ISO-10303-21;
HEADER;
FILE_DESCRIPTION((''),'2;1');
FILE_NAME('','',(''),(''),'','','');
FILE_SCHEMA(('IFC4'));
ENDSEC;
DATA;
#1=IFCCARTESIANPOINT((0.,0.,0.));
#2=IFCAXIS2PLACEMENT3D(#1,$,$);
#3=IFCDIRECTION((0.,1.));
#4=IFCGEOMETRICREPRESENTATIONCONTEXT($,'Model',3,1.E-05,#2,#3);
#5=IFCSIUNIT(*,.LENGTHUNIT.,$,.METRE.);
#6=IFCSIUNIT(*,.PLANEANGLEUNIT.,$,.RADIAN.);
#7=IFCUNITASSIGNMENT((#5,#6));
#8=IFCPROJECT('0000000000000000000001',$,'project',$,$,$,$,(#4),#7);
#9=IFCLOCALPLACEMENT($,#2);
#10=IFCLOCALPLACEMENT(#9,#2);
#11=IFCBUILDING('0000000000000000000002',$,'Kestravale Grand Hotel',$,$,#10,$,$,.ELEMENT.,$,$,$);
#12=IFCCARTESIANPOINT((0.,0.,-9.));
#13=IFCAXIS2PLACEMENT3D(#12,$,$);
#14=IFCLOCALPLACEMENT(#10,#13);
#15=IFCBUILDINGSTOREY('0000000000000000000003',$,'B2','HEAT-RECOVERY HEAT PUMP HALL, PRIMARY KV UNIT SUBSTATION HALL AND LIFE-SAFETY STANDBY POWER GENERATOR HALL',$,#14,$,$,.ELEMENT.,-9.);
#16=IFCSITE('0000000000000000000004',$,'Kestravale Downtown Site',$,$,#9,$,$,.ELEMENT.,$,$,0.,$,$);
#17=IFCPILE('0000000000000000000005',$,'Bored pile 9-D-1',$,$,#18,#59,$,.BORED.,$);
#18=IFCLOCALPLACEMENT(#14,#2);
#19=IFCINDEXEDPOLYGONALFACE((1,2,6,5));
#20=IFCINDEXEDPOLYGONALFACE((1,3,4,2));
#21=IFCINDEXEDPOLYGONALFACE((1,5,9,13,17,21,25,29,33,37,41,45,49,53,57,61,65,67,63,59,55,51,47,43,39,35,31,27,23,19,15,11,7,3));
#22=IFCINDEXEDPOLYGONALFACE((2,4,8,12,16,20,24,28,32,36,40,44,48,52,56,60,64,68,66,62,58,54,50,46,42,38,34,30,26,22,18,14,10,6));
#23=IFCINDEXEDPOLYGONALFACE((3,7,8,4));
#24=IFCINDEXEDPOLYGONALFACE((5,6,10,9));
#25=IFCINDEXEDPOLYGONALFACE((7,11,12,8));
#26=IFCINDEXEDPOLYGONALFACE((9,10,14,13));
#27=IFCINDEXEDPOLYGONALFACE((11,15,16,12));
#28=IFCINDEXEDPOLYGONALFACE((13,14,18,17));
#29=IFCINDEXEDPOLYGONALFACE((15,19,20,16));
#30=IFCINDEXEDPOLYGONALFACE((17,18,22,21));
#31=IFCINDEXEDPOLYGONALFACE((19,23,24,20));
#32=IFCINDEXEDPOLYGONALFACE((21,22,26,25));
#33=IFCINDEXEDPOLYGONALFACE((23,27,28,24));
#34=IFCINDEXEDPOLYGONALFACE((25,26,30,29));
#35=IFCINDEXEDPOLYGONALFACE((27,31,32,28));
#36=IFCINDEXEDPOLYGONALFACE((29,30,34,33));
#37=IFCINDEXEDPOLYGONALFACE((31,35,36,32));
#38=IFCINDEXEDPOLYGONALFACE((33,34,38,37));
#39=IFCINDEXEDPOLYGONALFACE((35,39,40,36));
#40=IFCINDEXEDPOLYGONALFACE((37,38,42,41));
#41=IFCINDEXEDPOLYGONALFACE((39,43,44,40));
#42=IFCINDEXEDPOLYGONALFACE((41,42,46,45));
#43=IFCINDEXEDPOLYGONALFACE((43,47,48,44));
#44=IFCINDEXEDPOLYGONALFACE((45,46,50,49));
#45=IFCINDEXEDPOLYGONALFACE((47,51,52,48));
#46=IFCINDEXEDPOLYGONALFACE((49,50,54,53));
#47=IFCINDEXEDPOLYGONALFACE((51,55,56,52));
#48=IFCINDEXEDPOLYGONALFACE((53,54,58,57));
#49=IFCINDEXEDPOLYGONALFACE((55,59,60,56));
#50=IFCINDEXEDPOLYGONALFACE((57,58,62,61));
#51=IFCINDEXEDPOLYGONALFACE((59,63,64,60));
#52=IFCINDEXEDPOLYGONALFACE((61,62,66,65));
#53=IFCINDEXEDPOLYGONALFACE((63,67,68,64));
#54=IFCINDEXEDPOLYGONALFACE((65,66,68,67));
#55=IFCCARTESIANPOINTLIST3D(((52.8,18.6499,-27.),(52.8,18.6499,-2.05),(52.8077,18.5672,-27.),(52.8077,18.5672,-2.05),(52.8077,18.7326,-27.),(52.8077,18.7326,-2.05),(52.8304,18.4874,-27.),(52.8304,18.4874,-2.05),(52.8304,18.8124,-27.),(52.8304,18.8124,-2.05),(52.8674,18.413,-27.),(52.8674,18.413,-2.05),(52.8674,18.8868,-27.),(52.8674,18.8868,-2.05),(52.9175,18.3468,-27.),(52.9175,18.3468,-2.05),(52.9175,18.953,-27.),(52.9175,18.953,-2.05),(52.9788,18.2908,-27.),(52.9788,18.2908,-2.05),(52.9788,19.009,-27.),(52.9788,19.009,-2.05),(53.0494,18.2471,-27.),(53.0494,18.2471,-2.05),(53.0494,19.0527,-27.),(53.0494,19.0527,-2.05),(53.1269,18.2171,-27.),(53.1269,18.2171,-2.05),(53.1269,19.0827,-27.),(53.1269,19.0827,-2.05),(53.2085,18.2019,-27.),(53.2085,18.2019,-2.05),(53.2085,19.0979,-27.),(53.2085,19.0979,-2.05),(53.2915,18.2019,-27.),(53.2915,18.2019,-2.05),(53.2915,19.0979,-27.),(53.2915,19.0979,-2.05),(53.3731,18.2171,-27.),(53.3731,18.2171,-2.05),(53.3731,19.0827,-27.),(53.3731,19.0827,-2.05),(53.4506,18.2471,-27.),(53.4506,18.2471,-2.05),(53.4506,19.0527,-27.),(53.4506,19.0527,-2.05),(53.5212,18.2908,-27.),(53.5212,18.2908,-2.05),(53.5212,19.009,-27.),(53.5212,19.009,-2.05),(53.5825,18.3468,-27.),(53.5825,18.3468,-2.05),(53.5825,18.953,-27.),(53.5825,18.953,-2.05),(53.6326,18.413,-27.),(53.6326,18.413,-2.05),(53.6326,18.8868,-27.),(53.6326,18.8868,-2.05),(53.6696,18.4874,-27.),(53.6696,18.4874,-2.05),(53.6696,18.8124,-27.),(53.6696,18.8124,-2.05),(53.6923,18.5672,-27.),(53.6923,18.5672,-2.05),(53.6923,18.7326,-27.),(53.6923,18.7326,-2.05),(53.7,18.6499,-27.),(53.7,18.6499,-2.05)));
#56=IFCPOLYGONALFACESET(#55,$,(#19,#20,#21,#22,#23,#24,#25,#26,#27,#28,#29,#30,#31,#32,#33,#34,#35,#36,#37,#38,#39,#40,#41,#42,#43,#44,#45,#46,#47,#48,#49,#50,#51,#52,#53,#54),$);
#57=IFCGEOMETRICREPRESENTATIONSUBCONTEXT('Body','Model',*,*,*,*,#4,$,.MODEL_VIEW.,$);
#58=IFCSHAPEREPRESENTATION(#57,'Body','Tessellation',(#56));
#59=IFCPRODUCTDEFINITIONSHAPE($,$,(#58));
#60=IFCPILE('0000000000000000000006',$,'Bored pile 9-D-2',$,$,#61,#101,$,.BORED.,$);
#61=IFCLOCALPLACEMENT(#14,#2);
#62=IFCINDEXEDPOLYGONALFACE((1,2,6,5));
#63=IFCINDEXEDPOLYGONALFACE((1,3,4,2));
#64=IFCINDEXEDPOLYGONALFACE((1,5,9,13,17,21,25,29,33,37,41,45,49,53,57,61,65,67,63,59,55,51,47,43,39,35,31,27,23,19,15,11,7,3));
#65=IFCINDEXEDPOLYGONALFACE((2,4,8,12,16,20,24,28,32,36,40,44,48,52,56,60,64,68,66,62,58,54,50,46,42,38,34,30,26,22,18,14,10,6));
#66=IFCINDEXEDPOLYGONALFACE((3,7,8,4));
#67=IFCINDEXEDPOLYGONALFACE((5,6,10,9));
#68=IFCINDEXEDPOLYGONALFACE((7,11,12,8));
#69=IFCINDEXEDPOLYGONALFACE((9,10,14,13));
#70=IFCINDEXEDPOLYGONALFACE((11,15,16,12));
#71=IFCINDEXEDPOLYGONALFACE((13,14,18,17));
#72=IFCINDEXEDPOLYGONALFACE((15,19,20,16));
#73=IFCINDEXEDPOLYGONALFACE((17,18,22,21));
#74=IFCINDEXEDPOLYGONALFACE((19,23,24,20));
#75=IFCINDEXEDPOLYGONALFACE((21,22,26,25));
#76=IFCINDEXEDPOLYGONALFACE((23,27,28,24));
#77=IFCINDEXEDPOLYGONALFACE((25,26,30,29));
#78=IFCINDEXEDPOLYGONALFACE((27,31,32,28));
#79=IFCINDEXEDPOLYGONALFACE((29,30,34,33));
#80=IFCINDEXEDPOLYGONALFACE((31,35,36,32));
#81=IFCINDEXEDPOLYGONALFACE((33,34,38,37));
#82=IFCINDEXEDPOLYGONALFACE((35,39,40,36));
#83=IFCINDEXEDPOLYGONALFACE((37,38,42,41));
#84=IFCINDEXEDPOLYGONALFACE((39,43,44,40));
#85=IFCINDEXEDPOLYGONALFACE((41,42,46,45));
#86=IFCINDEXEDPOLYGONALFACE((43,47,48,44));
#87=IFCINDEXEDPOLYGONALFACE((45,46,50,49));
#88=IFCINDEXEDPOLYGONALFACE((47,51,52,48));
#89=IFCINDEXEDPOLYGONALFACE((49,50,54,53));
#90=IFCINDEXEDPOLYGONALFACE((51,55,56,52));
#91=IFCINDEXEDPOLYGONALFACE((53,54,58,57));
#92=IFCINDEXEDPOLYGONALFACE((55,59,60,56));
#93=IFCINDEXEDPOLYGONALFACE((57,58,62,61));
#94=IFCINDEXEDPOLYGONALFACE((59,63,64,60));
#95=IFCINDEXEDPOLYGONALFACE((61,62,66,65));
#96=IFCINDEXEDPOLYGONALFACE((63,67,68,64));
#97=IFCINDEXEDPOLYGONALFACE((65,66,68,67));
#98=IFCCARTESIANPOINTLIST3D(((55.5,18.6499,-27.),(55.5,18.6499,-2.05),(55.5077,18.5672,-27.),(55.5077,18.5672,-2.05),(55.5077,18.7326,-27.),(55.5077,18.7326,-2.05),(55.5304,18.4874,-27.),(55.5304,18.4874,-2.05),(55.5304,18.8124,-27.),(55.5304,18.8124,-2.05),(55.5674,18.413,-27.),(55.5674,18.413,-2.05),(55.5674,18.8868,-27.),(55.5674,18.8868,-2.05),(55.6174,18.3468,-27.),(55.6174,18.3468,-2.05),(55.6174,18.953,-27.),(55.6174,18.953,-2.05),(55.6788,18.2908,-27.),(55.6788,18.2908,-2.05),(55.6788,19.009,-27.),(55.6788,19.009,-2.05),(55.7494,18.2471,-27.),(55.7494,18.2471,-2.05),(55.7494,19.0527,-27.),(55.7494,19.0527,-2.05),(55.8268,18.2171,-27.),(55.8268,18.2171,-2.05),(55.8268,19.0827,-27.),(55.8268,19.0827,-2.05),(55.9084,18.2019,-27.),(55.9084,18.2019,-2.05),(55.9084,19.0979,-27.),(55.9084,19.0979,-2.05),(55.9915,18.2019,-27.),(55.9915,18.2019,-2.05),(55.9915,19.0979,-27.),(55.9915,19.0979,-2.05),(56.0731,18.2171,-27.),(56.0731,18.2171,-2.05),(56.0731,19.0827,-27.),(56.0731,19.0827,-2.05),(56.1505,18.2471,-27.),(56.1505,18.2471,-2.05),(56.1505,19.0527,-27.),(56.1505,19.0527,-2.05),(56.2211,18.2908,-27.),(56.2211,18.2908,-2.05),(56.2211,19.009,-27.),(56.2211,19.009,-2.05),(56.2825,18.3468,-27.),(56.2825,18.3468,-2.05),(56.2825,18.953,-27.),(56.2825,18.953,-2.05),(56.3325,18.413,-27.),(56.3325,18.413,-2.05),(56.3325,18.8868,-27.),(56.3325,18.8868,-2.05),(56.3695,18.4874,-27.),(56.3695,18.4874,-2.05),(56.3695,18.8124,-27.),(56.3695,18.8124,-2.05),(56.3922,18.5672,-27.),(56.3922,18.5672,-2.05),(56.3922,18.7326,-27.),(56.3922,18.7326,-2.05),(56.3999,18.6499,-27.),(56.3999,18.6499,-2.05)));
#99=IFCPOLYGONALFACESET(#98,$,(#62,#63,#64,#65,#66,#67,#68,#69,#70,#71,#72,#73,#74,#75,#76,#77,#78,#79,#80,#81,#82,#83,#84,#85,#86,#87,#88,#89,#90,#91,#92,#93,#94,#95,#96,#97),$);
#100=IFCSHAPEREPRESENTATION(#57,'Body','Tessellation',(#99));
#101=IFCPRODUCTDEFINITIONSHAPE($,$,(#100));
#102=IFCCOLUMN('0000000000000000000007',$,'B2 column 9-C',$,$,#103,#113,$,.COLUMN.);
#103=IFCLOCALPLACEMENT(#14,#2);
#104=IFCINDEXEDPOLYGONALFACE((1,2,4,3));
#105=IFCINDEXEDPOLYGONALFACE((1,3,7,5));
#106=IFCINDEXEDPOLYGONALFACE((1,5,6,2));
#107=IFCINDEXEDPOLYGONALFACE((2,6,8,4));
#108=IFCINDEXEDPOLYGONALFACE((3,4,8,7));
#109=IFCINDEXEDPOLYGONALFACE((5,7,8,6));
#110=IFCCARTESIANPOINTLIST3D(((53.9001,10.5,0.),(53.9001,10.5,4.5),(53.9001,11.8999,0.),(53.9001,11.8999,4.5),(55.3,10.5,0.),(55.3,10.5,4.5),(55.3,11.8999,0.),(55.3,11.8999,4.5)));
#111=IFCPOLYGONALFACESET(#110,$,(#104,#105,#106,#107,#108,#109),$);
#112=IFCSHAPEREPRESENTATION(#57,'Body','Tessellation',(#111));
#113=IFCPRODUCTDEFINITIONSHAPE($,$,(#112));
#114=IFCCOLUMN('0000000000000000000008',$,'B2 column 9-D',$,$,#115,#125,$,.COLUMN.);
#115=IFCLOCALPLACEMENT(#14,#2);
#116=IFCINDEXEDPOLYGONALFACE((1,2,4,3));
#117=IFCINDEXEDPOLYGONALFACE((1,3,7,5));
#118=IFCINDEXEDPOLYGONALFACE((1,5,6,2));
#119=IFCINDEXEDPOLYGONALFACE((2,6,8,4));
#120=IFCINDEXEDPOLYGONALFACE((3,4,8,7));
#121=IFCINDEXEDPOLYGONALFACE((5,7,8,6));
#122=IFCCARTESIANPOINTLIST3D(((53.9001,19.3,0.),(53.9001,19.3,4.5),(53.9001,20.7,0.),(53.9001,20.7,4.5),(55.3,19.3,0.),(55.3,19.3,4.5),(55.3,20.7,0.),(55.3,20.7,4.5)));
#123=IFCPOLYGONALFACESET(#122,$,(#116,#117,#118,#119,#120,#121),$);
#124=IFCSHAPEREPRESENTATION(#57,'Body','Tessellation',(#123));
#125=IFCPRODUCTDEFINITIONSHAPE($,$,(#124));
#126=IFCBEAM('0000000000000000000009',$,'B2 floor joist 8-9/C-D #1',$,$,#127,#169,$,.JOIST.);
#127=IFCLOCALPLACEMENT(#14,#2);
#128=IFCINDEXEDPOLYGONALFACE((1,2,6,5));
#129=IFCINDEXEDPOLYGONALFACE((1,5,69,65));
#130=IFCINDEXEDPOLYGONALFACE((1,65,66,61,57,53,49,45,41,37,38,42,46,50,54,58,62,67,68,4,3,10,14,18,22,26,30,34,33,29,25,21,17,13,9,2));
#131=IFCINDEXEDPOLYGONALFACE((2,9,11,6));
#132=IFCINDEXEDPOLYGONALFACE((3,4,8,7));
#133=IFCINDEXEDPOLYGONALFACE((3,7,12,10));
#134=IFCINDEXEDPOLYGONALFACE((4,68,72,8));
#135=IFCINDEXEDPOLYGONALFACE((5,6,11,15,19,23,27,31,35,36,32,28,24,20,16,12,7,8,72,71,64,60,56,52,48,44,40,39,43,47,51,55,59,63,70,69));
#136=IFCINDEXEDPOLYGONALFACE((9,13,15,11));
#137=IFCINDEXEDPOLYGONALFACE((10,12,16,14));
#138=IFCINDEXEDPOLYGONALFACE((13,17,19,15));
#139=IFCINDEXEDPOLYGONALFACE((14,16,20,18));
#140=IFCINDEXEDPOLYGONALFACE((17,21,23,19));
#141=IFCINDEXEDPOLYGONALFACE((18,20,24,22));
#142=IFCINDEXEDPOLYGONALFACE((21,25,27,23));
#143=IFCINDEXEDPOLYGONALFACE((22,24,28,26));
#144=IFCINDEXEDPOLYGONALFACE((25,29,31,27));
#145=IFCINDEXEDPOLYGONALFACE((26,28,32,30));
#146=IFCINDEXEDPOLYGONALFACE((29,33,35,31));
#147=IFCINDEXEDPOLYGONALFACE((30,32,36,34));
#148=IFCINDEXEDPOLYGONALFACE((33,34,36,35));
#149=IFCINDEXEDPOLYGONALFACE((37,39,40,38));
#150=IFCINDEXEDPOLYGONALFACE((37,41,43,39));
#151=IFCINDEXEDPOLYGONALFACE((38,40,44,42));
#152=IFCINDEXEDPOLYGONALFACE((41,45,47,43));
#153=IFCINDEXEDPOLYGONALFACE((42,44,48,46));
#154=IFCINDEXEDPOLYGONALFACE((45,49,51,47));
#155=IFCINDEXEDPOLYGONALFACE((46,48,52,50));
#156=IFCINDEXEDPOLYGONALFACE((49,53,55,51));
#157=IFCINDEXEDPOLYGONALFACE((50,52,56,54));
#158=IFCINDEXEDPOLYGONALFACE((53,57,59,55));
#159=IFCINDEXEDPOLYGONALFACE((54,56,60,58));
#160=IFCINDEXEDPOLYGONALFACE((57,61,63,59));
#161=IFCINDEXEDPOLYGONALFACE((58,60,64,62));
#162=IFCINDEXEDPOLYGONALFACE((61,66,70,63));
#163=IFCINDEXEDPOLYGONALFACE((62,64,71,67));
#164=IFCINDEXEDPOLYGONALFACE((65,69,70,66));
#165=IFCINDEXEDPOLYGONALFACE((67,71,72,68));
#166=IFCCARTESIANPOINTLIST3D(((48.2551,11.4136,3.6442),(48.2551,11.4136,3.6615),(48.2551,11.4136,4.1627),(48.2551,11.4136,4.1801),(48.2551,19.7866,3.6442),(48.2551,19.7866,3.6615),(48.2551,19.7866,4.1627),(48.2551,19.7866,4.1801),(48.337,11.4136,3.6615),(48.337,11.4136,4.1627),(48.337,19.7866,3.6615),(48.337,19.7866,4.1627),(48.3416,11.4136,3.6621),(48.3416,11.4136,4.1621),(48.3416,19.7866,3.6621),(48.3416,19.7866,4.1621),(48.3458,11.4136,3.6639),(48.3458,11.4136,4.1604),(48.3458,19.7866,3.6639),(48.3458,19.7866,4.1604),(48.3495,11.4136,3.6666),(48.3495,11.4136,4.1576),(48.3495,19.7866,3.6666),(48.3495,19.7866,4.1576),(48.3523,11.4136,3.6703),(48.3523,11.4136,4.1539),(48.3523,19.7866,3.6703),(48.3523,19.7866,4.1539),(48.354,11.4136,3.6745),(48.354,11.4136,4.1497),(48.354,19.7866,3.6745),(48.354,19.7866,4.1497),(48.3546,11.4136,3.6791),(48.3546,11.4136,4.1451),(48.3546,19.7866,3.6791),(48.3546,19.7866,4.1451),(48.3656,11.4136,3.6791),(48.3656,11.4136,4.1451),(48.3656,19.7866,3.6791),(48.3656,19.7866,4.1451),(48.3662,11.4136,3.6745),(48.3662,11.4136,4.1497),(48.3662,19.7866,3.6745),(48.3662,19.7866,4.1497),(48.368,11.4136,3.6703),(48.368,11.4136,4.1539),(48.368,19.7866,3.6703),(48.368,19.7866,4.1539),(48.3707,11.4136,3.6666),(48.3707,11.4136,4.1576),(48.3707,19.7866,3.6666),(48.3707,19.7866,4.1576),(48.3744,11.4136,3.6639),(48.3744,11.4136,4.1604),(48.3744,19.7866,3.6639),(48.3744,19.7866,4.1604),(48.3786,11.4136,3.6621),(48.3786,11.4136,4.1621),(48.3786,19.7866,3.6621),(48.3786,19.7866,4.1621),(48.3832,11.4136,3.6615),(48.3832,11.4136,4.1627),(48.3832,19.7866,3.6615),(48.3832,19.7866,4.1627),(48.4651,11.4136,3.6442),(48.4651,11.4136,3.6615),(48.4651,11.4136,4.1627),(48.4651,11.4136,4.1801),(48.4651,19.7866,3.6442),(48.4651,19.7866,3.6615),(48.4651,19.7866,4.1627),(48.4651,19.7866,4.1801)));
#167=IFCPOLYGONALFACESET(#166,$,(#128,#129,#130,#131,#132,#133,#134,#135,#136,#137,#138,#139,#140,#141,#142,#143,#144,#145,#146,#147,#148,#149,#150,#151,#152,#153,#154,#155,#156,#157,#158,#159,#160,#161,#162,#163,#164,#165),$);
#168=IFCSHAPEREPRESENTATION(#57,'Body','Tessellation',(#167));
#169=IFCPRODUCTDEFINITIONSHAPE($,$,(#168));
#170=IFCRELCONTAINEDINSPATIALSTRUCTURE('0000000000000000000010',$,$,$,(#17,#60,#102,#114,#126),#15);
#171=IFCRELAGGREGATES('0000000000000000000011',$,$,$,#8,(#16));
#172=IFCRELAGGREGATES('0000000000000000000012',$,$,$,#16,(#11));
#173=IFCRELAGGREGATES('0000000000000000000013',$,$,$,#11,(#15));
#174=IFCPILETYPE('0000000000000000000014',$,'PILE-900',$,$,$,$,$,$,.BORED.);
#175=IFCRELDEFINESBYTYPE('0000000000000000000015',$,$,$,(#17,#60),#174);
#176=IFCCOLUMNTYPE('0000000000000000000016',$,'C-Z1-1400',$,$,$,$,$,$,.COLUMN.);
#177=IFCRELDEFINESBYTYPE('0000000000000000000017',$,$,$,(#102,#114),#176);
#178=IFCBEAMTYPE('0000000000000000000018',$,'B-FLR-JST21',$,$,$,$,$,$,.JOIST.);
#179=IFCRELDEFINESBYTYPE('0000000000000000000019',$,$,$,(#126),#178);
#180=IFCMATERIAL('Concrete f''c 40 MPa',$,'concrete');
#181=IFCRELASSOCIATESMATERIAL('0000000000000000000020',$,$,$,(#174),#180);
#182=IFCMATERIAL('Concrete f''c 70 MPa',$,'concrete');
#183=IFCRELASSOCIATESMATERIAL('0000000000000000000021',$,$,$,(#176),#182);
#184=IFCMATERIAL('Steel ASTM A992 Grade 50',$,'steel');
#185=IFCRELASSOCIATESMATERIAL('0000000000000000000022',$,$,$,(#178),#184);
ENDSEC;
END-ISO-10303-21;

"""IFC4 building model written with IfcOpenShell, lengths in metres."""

from ifc_helpers import new_model, si_unit, direction, frame, origin, origin_2d, place, context, subcontext, project, spatial, rectangle, circle, i_section, extrude, material, material_profile, profile_set, type_object, element, save


model = new_model("IFC4")

# Units and contexts
model_context = context("Model", 3, precision=1e-05, world=origin(), true_north=direction((0.0, 1.0)))
body_context = subcontext(model_context, "Body", "Model", "MODEL_VIEW")
ifc_project = project(units=[si_unit("LENGTHUNIT", "METRE"), si_unit("PLANEANGLEUNIT", "RADIAN")], contexts=[model_context])

# Site, building, storey
site_placement = place(None, origin())
site = spatial("IfcSite", under=ifc_project, at=site_placement, Name="Kestravale Downtown Site", CompositionType="ELEMENT", RefElevation=0.0)
building_placement = place(site_placement, origin())
building = spatial("IfcBuilding", under=site, at=building_placement, Name="Kestravale Grand Hotel", CompositionType="ELEMENT")
storey_placement = place(building_placement, frame((0.0, 0.0, -9.0)))
storey = spatial("IfcBuildingStorey", under=building, at=storey_placement, Name="B2", Description="HEAT-RECOVERY HEAT PUMP HALL, PRIMARY KV UNIT SUBSTATION HALL AND LIFE-SAFETY STANDBY POWER GENERATOR HALL", CompositionType="ELEMENT", Elevation=-9.0)

# Piles
ifc_material_1 = material(Name="Concrete f'c 40 MPa", Category="concrete")
ifc_material_profile_1 = material_profile(ifc_material_1, circle(Radius=0.45, at=origin_2d()))
ifc_profile_set_1 = profile_set([ifc_material_profile_1], Name="Concrete f'c 40 MPa")
pile_type_1 = type_object("IfcPileType", Name="PILE-900", PredefinedType="BORED", material=ifc_profile_set_1)
for number, where, z_axis, x_axis, name in (
    (1, (53.25, 18.6499, -2.05), (0.0, 0.0, -1.0), (1.0, 0.0, 0.0), "Bored pile 9-D-1"),
    (2, (55.95, 18.6499, -2.05), (0.0, 0.0, -1.0), (1.0, 0.0, 0.0), "Bored pile 9-D-2"),
):
    element("IfcPile", number, at=place(storey_placement, frame(where, z_axis=z_axis, x_axis=x_axis)), inside=storey, type_object=pile_type_1, Name=name, PredefinedType="BORED", context=body_context, shape_type="SweptSolid", body=[
        extrude(circle(Radius=0.45, at=origin_2d()), origin(), (0.0, 0.0, 1.0), 24.95),
    ])

# Columns
ifc_material_2 = material(Name="Concrete f'c 70 MPa", Category="concrete")
ifc_material_profile_2 = material_profile(ifc_material_2, rectangle(XDim=1.3999, YDim=1.3999, at=origin_2d()))
ifc_profile_set_2 = profile_set([ifc_material_profile_2], Name="Concrete f'c 70 MPa")
column_type = type_object("IfcColumnType", Name="C-Z1-1400", PredefinedType="COLUMN", material=ifc_profile_set_2)
for number, where, z_axis, x_axis, name in (
    (3, (54.6001, 11.2, 0.0), (0.0, 0.0, 1.0), (1.0, 0.0, 0.0), "B2 column 9-C"),
    (4, (54.6001, 20.0, 0.0), (0.0, 0.0, 1.0), (1.0, 0.0, 0.0), "B2 column 9-D"),
):
    element("IfcColumn", number, at=place(storey_placement, frame(where, z_axis=z_axis, x_axis=x_axis)), inside=storey, type_object=column_type, Name=name, PredefinedType="COLUMN", context=body_context, shape_type="SweptSolid", body=[
        extrude(rectangle(XDim=1.3999, YDim=1.3999, at=origin_2d()), origin(), (0.0, 0.0, 1.0), 4.5),
    ])

# Beam
ifc_material_3 = material(Name="Steel ASTM A992 Grade 50", Category="steel")
ifc_material_profile_3 = material_profile(ifc_material_3, i_section(OverallWidth=0.21, OverallDepth=0.5359, WebThickness=0.011, FlangeThickness=0.0173, FilletRadius=0.0176, at=origin_2d()))
ifc_profile_set_3 = profile_set([ifc_material_profile_3], Name="Steel ASTM A992 Grade 50")
beam_type_1 = type_object("IfcBeamType", Name="B-FLR-JST21", PredefinedType="JOIST", material=ifc_profile_set_3)
for number, where, z_axis, x_axis, name in (
    (5, (48.3601, 11.4136, 3.9121), (0.0, 1.0, 0.0), (-1.0, 0.0, 0.0), "B2 floor joist 8-9/C-D #1"),
):
    element("IfcBeam", number, at=place(storey_placement, frame(where, z_axis=z_axis, x_axis=x_axis)), inside=storey, type_object=beam_type_1, Name=name, PredefinedType="JOIST", context=body_context, shape_type="SweptSolid", body=[
        extrude(i_section(OverallWidth=0.21, OverallDepth=0.5359, WebThickness=0.011, FlangeThickness=0.0173, FilletRadius=0.0176, at=origin_2d()), origin(), (0.0, 0.0, 1.0), 8.373),
    ])

save(model, "model.ifc")
